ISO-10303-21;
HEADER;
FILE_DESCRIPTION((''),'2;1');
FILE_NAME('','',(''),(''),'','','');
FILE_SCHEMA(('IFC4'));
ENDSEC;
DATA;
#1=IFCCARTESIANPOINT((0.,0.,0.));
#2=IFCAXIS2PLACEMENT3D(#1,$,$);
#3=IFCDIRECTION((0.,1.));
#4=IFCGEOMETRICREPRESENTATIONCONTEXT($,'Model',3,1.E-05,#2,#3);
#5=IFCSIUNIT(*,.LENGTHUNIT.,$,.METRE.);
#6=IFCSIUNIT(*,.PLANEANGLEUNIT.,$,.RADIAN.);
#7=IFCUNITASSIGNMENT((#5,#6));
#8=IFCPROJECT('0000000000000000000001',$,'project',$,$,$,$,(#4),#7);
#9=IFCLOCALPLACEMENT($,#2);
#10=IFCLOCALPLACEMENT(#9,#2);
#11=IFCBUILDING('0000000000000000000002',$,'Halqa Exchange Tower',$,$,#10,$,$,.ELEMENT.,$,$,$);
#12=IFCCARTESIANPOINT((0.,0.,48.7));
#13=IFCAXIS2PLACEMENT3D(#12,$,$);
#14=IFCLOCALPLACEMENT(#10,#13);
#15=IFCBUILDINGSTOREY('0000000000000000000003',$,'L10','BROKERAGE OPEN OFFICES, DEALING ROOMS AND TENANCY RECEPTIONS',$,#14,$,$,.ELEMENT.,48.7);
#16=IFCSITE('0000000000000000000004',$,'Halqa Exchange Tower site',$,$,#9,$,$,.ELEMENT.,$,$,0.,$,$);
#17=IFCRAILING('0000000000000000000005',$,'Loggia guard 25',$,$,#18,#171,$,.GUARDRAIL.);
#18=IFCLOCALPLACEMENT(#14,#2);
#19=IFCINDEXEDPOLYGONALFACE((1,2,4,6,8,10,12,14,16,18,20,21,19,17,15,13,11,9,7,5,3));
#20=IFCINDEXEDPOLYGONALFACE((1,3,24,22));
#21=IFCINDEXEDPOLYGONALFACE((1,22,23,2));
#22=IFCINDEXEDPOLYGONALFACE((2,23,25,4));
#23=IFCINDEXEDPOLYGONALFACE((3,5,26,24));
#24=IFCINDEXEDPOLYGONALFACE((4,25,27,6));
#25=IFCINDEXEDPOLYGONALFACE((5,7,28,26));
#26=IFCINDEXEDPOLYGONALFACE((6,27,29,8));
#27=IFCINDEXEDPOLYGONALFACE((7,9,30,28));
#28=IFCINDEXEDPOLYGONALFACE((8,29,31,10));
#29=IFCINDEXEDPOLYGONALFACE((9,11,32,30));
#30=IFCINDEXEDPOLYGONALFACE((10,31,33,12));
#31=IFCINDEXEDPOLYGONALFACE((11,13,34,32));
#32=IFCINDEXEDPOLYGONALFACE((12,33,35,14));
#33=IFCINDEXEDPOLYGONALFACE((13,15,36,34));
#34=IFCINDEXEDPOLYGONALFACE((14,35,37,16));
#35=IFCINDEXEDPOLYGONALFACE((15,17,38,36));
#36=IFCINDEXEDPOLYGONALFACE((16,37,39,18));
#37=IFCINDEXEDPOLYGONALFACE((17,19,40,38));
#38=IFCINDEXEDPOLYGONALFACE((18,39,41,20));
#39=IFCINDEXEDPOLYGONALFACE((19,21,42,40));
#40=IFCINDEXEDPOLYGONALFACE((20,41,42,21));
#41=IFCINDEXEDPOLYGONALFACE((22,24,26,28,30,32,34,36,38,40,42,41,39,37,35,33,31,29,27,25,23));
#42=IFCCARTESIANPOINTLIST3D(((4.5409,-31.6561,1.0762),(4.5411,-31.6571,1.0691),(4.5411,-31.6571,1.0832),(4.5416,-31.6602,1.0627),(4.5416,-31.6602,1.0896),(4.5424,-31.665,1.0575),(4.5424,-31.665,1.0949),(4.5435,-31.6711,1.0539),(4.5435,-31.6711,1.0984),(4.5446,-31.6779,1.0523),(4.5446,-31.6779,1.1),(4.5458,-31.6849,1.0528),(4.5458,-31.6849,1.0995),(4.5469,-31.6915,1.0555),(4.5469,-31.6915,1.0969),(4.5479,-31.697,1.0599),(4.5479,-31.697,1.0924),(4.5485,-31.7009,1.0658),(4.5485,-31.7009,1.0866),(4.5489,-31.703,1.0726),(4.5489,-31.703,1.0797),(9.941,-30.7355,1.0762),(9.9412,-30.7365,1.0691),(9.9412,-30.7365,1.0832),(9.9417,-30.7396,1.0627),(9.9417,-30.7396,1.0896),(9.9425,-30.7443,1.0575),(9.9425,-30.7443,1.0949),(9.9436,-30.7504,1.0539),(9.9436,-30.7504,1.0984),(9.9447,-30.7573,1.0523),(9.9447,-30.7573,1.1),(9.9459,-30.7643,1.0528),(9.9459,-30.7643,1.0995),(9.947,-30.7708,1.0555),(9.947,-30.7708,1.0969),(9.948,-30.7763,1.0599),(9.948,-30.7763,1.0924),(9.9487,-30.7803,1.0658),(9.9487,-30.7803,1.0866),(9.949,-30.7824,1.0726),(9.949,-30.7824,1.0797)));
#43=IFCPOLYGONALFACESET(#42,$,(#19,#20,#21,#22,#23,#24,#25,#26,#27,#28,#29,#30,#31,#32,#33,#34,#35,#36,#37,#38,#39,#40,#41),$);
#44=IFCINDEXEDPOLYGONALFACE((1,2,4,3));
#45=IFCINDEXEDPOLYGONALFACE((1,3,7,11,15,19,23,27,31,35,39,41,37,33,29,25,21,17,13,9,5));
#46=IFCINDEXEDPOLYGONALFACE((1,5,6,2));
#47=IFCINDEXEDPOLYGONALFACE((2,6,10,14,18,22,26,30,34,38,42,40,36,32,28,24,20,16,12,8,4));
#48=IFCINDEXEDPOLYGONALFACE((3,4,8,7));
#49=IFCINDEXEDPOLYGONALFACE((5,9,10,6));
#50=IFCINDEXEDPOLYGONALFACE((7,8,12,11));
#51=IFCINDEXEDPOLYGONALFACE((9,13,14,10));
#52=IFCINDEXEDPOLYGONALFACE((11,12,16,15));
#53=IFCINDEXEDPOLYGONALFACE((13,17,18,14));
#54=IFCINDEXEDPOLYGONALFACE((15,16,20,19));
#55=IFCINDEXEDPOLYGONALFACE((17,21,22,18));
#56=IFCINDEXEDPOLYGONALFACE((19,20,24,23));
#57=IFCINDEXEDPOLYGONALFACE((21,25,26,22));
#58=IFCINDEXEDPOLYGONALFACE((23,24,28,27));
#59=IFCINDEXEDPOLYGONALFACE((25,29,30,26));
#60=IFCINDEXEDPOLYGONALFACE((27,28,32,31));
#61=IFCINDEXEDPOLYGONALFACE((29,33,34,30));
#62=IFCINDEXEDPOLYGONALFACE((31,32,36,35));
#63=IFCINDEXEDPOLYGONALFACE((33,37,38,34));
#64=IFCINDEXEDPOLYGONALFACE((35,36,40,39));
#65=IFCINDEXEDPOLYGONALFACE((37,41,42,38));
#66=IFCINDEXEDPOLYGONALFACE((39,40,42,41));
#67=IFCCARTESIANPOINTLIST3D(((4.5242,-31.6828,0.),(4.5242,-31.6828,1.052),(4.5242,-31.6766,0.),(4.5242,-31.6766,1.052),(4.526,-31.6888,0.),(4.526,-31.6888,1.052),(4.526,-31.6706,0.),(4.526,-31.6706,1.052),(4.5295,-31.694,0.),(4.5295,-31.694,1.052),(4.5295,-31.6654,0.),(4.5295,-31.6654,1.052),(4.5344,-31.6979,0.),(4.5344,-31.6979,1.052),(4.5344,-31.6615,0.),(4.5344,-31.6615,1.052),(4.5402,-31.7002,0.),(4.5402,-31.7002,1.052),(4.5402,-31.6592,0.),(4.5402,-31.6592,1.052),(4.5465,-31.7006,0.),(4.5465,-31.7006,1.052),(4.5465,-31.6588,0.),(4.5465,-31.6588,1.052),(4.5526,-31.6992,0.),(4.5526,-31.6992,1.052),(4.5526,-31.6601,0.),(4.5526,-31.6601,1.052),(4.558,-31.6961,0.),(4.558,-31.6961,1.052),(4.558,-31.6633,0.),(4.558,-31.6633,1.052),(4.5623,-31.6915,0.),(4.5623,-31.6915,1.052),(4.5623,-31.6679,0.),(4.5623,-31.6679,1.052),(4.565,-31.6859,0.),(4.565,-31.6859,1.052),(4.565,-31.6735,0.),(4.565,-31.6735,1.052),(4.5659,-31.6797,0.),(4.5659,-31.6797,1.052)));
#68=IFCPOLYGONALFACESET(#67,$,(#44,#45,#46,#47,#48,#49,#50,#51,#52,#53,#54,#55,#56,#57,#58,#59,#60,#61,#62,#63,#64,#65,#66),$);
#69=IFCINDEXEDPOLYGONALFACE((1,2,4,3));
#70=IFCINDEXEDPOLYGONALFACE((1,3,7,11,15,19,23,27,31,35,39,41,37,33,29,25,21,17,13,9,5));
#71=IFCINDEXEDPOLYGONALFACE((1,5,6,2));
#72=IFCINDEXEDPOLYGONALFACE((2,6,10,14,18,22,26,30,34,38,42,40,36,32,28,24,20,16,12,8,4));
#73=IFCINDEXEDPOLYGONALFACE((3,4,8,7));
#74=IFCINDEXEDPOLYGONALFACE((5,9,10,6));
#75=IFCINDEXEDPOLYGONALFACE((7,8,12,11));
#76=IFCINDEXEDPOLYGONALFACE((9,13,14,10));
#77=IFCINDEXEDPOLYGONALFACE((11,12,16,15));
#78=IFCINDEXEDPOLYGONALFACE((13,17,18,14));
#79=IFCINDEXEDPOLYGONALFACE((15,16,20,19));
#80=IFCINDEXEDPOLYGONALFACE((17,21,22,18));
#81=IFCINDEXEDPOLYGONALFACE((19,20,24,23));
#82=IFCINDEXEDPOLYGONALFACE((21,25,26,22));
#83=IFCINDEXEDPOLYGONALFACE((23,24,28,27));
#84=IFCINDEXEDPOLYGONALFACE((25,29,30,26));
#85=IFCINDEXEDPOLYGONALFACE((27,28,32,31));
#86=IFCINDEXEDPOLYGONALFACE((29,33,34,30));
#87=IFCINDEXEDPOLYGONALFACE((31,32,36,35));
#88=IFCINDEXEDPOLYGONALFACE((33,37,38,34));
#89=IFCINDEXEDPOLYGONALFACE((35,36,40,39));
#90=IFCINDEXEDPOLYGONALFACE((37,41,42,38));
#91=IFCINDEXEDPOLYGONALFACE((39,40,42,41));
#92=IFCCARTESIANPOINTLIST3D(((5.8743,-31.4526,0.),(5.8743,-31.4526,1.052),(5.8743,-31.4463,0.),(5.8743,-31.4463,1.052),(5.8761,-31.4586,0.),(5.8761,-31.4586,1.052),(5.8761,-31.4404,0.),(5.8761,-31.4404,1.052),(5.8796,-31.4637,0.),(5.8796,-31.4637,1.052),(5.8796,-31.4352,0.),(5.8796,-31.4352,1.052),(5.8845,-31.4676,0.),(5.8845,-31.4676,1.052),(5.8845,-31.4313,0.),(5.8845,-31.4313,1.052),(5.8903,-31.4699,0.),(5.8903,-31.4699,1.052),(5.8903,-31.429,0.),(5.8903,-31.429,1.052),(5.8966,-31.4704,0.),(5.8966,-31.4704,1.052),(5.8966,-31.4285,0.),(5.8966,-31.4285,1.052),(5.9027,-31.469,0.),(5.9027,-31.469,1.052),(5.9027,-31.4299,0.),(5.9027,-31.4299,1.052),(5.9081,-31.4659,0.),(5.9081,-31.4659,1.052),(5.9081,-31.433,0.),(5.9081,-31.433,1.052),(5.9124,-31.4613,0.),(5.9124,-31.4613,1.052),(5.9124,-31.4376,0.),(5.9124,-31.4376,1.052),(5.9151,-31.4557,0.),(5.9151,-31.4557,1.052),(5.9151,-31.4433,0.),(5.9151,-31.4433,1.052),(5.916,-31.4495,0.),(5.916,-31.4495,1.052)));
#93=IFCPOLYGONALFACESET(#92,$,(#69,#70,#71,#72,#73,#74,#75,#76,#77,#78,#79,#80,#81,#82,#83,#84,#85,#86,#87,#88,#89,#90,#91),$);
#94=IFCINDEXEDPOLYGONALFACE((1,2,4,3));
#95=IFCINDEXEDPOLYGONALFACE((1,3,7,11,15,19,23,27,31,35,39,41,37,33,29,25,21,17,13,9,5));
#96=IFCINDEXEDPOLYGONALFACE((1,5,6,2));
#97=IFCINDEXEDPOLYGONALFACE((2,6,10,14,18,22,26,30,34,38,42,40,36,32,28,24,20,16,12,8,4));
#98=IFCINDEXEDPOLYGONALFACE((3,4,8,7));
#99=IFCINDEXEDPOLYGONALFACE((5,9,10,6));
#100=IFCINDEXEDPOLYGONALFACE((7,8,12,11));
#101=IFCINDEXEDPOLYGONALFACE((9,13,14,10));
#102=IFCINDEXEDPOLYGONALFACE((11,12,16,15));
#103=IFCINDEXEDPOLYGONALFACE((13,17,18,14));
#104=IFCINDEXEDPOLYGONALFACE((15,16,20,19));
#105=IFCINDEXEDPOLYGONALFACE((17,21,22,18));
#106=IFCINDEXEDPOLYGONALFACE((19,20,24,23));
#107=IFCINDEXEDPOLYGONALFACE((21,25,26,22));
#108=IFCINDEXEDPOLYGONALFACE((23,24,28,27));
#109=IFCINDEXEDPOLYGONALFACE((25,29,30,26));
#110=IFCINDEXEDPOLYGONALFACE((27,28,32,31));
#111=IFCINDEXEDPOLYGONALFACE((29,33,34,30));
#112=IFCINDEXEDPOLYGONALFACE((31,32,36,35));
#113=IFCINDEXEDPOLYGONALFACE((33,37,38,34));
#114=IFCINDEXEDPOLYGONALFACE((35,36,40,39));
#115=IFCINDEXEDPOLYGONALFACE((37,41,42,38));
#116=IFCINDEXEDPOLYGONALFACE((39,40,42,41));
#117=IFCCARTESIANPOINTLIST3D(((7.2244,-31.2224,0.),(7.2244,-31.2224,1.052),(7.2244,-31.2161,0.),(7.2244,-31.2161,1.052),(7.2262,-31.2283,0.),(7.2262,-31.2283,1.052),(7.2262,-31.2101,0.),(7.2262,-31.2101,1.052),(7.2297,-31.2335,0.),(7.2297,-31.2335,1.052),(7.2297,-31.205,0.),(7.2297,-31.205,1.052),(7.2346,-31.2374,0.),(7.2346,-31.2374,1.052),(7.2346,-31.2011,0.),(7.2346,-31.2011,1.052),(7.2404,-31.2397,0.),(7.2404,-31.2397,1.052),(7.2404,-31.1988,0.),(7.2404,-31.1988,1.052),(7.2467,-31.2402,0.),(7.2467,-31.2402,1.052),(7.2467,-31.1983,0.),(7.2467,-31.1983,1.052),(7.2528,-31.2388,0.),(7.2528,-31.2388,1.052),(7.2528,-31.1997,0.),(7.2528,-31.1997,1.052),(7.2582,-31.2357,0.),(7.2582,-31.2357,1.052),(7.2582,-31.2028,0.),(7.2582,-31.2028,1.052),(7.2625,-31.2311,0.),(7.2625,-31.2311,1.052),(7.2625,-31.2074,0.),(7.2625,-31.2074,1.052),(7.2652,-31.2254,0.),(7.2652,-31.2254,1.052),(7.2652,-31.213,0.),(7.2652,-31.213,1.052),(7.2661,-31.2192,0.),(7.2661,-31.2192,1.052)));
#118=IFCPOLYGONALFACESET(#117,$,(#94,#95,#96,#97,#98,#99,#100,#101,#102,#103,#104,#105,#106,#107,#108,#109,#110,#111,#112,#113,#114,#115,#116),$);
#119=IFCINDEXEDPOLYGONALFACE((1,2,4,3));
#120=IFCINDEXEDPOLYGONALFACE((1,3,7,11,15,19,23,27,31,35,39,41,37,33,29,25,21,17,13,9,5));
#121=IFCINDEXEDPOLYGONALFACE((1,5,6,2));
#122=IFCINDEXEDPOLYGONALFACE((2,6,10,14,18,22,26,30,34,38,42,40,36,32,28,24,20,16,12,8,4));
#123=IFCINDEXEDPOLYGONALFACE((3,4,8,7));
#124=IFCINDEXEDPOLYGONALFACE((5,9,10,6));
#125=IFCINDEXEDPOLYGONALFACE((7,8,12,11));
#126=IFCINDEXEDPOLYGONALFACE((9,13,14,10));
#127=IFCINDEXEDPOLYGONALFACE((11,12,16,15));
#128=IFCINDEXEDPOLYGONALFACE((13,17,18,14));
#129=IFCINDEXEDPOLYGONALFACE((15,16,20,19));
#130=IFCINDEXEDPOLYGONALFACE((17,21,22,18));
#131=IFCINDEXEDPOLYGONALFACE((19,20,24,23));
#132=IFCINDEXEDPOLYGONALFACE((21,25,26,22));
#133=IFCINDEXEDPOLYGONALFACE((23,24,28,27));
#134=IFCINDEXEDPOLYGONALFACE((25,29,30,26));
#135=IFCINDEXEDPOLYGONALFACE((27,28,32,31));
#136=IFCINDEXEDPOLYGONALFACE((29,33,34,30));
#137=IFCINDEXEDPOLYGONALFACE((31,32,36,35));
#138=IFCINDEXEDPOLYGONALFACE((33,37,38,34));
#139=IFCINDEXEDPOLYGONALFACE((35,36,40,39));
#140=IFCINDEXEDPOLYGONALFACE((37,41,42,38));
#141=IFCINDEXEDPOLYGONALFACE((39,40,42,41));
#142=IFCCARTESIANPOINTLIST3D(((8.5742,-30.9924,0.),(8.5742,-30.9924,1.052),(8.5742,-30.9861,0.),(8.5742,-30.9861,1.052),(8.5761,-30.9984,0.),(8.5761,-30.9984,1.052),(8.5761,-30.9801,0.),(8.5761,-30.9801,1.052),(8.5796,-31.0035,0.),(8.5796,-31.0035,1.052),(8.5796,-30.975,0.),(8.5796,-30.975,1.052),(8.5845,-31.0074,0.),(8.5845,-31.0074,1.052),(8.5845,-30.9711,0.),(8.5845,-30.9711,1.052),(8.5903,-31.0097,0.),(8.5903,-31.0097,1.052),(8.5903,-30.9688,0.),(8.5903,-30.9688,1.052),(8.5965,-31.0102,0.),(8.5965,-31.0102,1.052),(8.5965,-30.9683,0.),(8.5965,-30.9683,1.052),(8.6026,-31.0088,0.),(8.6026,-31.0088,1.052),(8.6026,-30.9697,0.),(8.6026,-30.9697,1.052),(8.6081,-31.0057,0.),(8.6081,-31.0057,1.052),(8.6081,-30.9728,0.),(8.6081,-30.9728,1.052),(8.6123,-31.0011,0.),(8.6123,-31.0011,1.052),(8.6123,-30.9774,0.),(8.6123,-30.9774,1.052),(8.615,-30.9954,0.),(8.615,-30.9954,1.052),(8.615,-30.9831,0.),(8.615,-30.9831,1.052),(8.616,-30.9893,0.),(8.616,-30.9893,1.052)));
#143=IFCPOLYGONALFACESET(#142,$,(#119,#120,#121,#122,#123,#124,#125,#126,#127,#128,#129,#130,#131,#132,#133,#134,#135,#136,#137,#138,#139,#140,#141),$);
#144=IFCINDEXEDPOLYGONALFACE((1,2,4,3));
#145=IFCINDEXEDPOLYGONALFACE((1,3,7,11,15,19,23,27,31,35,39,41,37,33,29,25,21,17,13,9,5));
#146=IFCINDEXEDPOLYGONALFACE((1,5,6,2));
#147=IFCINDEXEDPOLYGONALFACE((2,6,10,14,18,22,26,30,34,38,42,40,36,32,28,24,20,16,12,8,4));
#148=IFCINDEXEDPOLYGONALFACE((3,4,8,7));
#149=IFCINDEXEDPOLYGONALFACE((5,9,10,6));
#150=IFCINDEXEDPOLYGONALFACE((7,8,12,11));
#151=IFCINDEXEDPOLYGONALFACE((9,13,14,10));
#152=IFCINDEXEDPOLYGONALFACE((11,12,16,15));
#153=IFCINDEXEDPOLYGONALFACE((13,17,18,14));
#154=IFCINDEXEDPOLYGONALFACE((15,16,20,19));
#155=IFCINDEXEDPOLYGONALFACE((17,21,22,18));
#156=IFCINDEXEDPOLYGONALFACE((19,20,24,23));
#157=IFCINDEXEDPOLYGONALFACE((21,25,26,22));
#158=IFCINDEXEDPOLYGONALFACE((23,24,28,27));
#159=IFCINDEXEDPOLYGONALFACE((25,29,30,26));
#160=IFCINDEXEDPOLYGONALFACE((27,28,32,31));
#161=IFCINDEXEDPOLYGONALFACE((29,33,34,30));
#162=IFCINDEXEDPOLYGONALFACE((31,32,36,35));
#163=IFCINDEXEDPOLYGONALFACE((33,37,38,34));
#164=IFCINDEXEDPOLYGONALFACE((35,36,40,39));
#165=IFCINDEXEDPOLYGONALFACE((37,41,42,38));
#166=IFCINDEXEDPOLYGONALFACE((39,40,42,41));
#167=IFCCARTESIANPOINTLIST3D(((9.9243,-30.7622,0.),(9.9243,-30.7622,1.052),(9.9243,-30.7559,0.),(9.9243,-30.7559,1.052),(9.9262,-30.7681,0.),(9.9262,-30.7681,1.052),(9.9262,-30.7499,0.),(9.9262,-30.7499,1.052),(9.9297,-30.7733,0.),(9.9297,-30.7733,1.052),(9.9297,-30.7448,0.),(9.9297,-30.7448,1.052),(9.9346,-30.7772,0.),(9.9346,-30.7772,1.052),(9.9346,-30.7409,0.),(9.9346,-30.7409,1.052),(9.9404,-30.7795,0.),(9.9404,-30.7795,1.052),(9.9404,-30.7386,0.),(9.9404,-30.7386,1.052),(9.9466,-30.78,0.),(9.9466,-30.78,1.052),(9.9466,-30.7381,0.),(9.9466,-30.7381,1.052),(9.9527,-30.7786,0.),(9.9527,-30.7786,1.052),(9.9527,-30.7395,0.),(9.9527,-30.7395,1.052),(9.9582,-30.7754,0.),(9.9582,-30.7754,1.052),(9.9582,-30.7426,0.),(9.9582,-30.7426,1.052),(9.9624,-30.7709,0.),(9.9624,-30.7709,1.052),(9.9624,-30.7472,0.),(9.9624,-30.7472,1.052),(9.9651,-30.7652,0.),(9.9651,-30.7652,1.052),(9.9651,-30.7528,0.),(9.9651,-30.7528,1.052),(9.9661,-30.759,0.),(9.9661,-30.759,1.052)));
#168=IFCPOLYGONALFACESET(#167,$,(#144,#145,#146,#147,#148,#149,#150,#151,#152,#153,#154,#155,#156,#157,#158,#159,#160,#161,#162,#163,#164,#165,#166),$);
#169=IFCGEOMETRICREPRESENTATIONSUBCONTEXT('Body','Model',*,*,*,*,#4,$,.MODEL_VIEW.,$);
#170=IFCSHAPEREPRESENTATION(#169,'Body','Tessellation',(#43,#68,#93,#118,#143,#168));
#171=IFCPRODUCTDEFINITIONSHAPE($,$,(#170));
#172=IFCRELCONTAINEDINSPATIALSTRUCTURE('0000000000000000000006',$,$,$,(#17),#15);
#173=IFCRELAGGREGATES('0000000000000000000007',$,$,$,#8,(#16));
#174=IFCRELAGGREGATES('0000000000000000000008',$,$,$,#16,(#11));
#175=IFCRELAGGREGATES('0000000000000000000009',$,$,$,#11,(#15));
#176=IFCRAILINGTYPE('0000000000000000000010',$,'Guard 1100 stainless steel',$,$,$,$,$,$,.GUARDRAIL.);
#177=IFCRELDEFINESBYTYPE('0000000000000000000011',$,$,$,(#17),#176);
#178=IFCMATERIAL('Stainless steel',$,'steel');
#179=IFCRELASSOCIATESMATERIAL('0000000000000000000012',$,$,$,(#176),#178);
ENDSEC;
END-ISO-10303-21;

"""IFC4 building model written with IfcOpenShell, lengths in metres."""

from ifc_helpers import new_model, si_unit, direction, frame, origin, origin_2d, place, context, subcontext, project, spatial, circle, extrude, material, type_object, element, save


model = new_model("IFC4")

# Units and contexts
model_context = context("Model", 3, precision=1e-05, world=origin(), true_north=direction((0.0, 1.0)))
body_context = subcontext(model_context, "Body", "Model", "MODEL_VIEW")
ifc_project = project(units=[si_unit("LENGTHUNIT", "METRE"), si_unit("PLANEANGLEUNIT", "RADIAN")], contexts=[model_context])

# Site, building, storey
site_placement = place(None, origin())
site = spatial("IfcSite", under=ifc_project, at=site_placement, Name="Halqa Exchange Tower site", CompositionType="ELEMENT", RefElevation=0.0)
building_placement = place(site_placement, origin())
building = spatial("IfcBuilding", under=site, at=building_placement, Name="Halqa Exchange Tower", CompositionType="ELEMENT")
storey_placement = place(building_placement, frame((0.0, 0.0, 48.7)))
storey = spatial("IfcBuildingStorey", under=building, at=storey_placement, Name="L10", Description="BROKERAGE OPEN OFFICES, DEALING ROOMS AND TENANCY RECEPTIONS", CompositionType="ELEMENT", Elevation=48.7)

# Railing
ifc_material_1 = material(Name="Stainless steel", Category="steel")
railing_type = type_object("IfcRailingType", Name="Guard 1100 stainless steel", PredefinedType="GUARDRAIL", material=ifc_material_1)
railing_1_placement = place(storey_placement, frame((4.5449, -31.6797, 0.0)))
element("IfcRailing", 1, at=railing_1_placement, inside=storey, type_object=railing_type, Name="Loggia guard 25", PredefinedType="GUARDRAIL", context=body_context, shape_type="SweptSolid", body=[
    extrude(circle(Radius=0.0239, at=origin_2d()), frame((0.0, 0.0, 1.0762), z_axis=(0.985776, 0.168062, 0.0), x_axis=(-0.168062, 0.985776, 0.0)), (0.0, 0.0, 1.0), 5.478),
    extrude(circle(Radius=0.021, at=origin_2d()), origin(), (0.0, 0.0, 1.0), 1.052),
    extrude(circle(Radius=0.021, at=origin_2d()), frame((1.3501, 0.2302, 0.0)), (0.0, 0.0, 1.0), 1.052),
    extrude(circle(Radius=0.021, at=origin_2d()), frame((2.7002, 0.4604, 0.0)), (0.0, 0.0, 1.0), 1.052),
    extrude(circle(Radius=0.021, at=origin_2d()), frame((4.05, 0.6904, 0.0)), (0.0, 0.0, 1.0), 1.052),
    extrude(circle(Radius=0.021, at=origin_2d()), frame((5.4001, 0.9207, 0.0)), (0.0, 0.0, 1.0), 1.052),
])

save(model, "model.ifc")
